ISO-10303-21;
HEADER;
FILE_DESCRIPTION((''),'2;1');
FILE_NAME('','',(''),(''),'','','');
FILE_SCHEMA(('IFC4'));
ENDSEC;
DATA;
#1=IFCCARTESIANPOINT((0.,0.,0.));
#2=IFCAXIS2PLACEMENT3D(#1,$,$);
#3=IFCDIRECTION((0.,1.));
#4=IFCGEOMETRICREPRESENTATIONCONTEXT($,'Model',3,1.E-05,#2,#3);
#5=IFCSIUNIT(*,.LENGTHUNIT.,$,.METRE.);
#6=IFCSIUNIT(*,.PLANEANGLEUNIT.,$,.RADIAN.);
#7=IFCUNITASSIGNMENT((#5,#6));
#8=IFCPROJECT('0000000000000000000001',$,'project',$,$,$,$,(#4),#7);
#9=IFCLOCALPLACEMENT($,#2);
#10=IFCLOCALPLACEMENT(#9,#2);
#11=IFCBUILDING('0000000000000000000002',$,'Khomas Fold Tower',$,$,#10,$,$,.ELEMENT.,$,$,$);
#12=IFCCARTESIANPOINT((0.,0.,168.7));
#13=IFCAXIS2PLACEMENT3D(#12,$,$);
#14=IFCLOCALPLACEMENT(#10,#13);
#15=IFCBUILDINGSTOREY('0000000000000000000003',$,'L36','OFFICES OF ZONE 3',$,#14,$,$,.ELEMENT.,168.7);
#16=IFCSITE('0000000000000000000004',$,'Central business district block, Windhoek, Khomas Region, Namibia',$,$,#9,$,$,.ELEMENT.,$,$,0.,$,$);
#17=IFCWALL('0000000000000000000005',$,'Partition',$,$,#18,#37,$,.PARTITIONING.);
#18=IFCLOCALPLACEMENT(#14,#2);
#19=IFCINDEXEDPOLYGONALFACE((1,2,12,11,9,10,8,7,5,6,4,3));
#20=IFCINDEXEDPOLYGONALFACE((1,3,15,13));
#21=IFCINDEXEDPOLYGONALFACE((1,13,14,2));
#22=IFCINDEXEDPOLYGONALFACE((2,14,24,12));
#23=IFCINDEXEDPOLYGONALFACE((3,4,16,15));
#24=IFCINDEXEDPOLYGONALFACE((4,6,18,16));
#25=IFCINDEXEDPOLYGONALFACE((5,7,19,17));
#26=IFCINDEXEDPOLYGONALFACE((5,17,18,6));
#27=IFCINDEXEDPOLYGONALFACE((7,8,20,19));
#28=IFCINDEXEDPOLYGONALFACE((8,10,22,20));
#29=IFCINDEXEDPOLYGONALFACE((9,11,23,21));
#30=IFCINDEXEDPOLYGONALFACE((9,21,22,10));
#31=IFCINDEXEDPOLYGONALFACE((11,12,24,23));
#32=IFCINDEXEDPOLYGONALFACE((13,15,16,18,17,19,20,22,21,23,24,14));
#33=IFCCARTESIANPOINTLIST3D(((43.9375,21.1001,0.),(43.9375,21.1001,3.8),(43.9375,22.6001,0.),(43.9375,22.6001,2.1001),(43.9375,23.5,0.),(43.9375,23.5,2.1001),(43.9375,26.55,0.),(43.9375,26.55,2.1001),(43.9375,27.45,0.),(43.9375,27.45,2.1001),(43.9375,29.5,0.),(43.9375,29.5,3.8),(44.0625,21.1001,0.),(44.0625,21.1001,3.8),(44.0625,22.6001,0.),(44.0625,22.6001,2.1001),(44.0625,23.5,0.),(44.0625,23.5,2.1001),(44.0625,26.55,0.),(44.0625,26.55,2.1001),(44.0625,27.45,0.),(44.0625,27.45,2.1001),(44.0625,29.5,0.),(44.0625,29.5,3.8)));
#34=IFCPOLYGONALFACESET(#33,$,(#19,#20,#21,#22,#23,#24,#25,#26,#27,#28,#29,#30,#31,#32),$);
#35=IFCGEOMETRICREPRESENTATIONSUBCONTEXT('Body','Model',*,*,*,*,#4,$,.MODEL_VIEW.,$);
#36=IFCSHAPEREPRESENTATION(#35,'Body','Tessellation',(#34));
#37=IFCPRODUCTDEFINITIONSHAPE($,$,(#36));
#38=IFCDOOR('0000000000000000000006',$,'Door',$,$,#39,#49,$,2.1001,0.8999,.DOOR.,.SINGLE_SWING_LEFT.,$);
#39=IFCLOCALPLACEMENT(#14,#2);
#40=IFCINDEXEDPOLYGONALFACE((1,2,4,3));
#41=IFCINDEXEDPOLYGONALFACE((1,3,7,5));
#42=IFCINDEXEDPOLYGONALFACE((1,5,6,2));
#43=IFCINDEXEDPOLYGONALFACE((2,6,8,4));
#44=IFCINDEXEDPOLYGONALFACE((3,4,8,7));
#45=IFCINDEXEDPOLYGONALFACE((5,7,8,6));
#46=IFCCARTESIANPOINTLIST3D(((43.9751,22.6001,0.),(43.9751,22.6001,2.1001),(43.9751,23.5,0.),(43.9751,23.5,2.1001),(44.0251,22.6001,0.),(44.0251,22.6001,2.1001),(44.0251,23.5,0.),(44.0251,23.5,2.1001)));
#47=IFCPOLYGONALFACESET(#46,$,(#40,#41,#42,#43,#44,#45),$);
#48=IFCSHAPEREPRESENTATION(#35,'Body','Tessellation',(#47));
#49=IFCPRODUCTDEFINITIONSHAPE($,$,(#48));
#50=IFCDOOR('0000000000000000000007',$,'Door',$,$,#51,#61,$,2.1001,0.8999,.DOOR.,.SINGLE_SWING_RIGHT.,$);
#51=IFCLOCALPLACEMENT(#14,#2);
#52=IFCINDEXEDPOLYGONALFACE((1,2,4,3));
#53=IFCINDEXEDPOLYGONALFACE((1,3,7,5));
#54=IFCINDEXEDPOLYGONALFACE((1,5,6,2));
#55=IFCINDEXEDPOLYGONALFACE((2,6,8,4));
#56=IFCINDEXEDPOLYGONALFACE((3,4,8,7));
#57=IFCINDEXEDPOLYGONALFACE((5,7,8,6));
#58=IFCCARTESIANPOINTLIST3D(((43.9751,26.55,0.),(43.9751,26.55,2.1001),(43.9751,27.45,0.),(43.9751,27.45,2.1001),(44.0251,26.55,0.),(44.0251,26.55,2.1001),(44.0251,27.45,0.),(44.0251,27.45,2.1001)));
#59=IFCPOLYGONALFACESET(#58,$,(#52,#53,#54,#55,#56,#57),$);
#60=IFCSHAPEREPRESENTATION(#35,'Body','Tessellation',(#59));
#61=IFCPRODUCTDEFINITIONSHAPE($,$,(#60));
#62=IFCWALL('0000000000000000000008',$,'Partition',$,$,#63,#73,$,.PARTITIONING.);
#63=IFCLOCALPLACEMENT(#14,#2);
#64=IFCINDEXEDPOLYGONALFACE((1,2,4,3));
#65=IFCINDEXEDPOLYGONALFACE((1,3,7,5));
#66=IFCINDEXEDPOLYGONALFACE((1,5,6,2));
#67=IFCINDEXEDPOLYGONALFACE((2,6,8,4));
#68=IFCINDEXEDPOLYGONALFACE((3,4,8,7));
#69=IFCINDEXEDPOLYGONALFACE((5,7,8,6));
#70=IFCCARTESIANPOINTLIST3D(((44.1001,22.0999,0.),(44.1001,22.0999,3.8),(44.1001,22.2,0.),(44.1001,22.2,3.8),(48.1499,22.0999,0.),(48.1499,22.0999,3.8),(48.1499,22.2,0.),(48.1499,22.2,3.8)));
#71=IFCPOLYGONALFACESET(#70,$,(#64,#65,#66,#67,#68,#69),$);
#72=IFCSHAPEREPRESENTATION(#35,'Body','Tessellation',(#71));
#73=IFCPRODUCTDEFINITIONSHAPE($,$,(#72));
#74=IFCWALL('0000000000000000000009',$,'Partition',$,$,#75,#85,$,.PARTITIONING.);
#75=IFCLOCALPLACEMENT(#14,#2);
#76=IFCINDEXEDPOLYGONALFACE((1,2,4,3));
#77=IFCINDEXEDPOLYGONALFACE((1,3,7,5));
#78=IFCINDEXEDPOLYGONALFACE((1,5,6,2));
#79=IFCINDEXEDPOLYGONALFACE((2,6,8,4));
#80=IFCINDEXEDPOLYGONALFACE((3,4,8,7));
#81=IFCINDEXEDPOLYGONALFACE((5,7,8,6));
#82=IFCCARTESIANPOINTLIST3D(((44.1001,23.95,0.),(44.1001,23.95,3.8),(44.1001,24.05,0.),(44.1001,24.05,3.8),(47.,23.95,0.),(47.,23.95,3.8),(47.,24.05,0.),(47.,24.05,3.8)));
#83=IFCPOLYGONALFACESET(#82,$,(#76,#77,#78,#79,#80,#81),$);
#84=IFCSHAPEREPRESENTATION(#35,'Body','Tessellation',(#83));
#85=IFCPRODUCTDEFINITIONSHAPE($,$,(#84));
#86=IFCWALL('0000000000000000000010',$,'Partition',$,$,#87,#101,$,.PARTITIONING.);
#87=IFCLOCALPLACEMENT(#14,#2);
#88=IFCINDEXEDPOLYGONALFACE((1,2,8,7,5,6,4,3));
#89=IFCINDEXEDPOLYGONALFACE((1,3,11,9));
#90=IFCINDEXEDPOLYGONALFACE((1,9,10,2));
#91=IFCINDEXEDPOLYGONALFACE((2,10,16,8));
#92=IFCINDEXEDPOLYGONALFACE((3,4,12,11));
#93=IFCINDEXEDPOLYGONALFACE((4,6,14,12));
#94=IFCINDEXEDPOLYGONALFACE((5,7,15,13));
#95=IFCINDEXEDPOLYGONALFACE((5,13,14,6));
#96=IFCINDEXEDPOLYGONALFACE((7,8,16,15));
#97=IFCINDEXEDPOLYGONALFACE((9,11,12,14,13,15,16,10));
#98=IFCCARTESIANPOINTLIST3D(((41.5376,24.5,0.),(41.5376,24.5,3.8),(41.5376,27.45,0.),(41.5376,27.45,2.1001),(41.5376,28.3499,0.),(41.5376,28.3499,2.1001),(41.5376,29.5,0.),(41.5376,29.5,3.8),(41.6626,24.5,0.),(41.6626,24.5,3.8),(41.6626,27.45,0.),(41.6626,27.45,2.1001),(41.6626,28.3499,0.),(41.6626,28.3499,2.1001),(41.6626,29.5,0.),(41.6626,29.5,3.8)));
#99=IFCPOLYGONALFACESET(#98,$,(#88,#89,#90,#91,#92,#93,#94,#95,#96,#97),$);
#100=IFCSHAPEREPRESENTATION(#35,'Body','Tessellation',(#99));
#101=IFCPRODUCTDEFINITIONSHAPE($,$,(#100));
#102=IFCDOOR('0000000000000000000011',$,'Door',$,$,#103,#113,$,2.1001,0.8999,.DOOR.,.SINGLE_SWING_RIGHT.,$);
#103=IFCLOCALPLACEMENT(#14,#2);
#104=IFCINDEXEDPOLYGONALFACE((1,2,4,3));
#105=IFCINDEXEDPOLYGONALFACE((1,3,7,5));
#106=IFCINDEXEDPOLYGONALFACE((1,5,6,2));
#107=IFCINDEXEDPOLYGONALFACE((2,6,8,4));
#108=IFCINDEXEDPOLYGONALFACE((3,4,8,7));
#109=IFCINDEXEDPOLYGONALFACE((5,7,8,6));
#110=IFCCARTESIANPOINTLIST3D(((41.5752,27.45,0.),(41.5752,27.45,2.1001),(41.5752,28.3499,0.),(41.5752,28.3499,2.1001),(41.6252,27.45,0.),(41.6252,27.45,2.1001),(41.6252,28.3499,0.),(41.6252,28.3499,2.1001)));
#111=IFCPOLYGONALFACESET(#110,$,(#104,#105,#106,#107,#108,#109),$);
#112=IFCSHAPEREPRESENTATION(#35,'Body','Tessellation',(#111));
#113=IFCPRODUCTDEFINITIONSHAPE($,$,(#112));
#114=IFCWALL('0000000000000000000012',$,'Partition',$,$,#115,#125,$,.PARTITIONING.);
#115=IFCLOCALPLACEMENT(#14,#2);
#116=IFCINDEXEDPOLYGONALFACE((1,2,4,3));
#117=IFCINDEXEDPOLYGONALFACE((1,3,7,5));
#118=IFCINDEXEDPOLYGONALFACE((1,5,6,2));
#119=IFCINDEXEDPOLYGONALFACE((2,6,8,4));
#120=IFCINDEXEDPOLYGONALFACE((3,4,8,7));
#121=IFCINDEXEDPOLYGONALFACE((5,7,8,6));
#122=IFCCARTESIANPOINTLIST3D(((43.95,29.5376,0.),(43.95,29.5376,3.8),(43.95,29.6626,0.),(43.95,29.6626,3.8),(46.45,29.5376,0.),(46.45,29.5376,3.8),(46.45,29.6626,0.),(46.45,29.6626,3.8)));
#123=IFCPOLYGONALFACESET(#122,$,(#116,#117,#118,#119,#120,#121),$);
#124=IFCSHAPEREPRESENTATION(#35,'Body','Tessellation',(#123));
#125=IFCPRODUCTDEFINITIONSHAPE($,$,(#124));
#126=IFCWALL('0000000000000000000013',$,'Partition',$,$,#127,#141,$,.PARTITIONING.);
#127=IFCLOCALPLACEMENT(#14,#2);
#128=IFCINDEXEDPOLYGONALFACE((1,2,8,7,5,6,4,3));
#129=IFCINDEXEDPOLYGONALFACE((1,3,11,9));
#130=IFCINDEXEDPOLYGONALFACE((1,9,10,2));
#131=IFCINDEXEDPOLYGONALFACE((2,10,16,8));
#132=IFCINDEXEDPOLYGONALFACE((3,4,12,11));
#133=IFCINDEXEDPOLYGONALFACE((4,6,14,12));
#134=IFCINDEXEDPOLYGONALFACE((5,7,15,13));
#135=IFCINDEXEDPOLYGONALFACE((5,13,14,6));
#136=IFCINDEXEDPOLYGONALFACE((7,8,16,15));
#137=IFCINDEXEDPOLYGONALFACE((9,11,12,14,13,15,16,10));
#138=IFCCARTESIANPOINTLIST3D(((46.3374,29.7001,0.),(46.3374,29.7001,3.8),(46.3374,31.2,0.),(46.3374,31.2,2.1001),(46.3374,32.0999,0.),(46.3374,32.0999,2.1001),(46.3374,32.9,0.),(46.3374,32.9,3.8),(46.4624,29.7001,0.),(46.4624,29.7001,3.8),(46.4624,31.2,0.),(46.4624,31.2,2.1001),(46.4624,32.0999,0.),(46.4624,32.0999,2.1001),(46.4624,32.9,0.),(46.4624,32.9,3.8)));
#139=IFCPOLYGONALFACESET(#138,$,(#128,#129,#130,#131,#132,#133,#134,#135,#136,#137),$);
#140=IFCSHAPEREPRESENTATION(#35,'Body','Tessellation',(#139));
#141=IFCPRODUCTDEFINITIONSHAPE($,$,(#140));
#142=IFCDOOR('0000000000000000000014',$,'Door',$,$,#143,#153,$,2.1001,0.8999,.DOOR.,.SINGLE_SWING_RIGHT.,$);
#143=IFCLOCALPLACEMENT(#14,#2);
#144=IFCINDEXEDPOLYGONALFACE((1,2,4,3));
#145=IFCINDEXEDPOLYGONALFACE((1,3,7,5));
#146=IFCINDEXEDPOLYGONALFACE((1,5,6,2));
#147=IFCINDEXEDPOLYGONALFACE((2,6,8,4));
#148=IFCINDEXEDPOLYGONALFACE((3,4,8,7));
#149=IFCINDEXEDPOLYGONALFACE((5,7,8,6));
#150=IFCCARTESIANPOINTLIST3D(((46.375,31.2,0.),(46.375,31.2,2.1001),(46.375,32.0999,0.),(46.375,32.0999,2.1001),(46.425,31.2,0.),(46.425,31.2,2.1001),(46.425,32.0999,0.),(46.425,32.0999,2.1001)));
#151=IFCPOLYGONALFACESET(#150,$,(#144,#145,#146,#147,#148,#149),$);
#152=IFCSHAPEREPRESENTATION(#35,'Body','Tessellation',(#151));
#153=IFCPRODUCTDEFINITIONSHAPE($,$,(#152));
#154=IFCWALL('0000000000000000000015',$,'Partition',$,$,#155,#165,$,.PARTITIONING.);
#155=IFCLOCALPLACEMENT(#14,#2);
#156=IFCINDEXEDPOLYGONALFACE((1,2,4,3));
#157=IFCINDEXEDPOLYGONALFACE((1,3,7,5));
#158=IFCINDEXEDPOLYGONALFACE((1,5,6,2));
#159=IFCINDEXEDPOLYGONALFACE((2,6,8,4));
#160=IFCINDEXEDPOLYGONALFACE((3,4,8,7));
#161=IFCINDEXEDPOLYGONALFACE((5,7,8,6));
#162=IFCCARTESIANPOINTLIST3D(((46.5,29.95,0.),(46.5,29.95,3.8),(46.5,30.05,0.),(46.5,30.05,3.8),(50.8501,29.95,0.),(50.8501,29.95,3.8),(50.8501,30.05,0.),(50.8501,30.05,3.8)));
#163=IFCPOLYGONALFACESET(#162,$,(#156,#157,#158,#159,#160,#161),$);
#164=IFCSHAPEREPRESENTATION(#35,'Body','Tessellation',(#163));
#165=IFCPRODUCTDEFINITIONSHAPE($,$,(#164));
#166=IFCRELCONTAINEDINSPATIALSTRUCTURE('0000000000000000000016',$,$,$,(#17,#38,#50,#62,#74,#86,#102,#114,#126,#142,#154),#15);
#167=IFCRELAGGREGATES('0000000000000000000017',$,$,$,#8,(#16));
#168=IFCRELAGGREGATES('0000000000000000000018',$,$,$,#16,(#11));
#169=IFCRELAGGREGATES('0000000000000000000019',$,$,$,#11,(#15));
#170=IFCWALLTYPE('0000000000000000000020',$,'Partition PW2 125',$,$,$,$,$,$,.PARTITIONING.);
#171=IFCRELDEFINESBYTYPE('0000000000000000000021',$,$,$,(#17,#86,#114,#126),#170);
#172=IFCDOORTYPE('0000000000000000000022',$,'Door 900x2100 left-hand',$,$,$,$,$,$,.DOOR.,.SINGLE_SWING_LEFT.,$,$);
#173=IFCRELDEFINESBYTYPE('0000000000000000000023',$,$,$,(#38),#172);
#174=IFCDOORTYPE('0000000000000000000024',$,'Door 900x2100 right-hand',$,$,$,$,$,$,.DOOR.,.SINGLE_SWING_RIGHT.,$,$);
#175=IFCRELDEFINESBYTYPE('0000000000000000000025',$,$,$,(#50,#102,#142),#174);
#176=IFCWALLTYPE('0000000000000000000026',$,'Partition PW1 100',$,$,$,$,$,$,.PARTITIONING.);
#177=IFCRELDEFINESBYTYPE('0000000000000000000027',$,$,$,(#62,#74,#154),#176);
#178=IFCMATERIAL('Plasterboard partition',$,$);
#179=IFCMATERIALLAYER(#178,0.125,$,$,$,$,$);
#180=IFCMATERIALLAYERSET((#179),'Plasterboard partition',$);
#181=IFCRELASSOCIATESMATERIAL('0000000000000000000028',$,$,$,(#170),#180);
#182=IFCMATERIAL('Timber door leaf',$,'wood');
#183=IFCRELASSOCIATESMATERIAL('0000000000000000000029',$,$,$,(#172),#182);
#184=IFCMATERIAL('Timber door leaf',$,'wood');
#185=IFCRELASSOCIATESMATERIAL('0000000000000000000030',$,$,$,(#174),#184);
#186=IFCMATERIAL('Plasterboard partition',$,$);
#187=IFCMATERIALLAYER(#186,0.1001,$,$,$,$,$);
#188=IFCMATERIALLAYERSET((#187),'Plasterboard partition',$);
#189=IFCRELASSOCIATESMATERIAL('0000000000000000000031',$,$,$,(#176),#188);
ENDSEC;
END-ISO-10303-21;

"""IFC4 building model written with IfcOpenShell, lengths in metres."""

from ifc_helpers import new_model, si_unit, direction, frame, frame_2d, origin, place, context, subcontext, project, spatial, rectangle, extrude, source, transform, mapped, material, layer, layer_set, type_object, element, fill, save


model = new_model("IFC4")

# Units and contexts
model_context = context("Model", 3, precision=1e-05, world=origin(), true_north=direction((0.0, 1.0)))
body_context = subcontext(model_context, "Body", "Model", "MODEL_VIEW")
ifc_project = project(units=[si_unit("LENGTHUNIT", "METRE"), si_unit("PLANEANGLEUNIT", "RADIAN")], contexts=[model_context])

# Site, building, storey
site_placement = place(None, origin())
site = spatial("IfcSite", under=ifc_project, at=site_placement, Name="Central business district block, Windhoek, Khomas Region, Namibia", CompositionType="ELEMENT", RefElevation=0.0)
building_placement = place(site_placement, origin())
building = spatial("IfcBuilding", under=site, at=building_placement, Name="Khomas Fold Tower", CompositionType="ELEMENT")
storey_placement = place(building_placement, frame((0.0, 0.0, 168.7)))
storey = spatial("IfcBuildingStorey", under=building, at=storey_placement, Name="L36", Description="OFFICES OF ZONE 3", CompositionType="ELEMENT", Elevation=168.7)

# Wall, openings, doors
ifc_material_1 = material(Name="Plasterboard partition")
ifc_layer_1 = layer(ifc_material_1, 0.125)
ifc_layer_set_1 = layer_set([ifc_layer_1], Name="Plasterboard partition")
wall_type_1 = type_object("IfcWallType", Name="Partition PW2 125", PredefinedType="PARTITIONING", material=ifc_layer_set_1)
shared_shape_1 = source(origin(), body_context, "Body", "SweptSolid", [
    extrude(rectangle(XDim=8.3999, YDim=0.125, at=frame_2d((4.2, 0.0))), origin(), (0.0, 0.0, 1.0), 3.8),
])
wall_1_placement = place(storey_placement, frame((44.0, 21.1001, 0.0), z_axis=(0.0, 0.0, 1.0), x_axis=(0.0, 1.0, 0.0)))
wall_1 = element("IfcWall", 1, at=wall_1_placement, inside=storey, type_object=wall_type_1, Name="Partition", PredefinedType="PARTITIONING", context=body_context, shape_type="MappedRepresentation", body=[
    mapped(shared_shape_1, transform((0.0, 0.0, 0.0))),
])
shared_shape_2 = source(origin(), body_context, "Body", "SweptSolid", [
    extrude(rectangle(XDim=0.8999, YDim=2.1001, at=frame_2d((0.45, 1.05))), frame((0.0, 0.0725, 0.0), z_axis=(0.0, -1.0, 0.0), x_axis=(1.0, 0.0, 0.0)), (0.0, 0.0, 1.0), 0.145),
])
opening_1_placement = place(wall_1_placement, frame((1.5, 0.0, 0.0)))
opening_1 = element("IfcOpeningElement", 2, at=opening_1_placement, cuts=wall_1, PredefinedType="OPENING", context=body_context, shape_type="MappedRepresentation", body=[
    mapped(shared_shape_2, transform((0.0, 0.0, 0.0))),
])
opening_2_placement = place(wall_1_placement, frame((5.45, 0.0, 0.0)))
opening_2 = element("IfcOpeningElement", 3, at=opening_2_placement, cuts=wall_1, PredefinedType="OPENING", context=body_context, shape_type="MappedRepresentation", body=[
    mapped(shared_shape_2, transform((0.0, 0.0, 0.0))),
])
ifc_material_2 = material(Name="Timber door leaf", Category="wood")
door_type_1 = type_object("IfcDoorType", Name="Door 900x2100 left-hand", OperationType="SINGLE_SWING_LEFT", PredefinedType="DOOR", material=ifc_material_2)
shared_shape_3 = source(origin(), body_context, "Body", "SweptSolid", [
    extrude(rectangle(XDim=0.8999, YDim=2.1001, at=frame_2d((0.45, 1.05))), frame((0.0, 0.0249, 0.0), z_axis=(0.0, -1.0, 0.0), x_axis=(1.0, 0.0, 0.0)), (0.0, 0.0, 1.0), 0.05),
])
door_1_placement = place(opening_1_placement, origin())
door_1 = element("IfcDoor", 4, at=door_1_placement, inside=storey, type_object=door_type_1, Name="Door", OperationType="SINGLE_SWING_LEFT", OverallHeight=2.1001, OverallWidth=0.8999, PredefinedType="DOOR", context=body_context, shape_type="MappedRepresentation", body=[
    mapped(shared_shape_3, transform((0.0, 0.0, 0.0))),
])
fill(opening_1, door_1)
ifc_material_3 = material(Name="Timber door leaf", Category="wood")
door_type_2 = type_object("IfcDoorType", Name="Door 900x2100 right-hand", OperationType="SINGLE_SWING_RIGHT", PredefinedType="DOOR", material=ifc_material_3)
door_2_placement = place(opening_2_placement, origin())
door_2 = element("IfcDoor", 5, at=door_2_placement, inside=storey, type_object=door_type_2, Name="Door", OperationType="SINGLE_SWING_RIGHT", OverallHeight=2.1001, OverallWidth=0.8999, PredefinedType="DOOR", context=body_context, shape_type="MappedRepresentation", body=[
    mapped(shared_shape_3, transform((0.0, 0.0, 0.0))),
])
fill(opening_2, door_2)

# Walls
ifc_material_4 = material(Name="Plasterboard partition")
ifc_layer_2 = layer(ifc_material_4, 0.1001)
ifc_layer_set_2 = layer_set([ifc_layer_2], Name="Plasterboard partition")
wall_type_2 = type_object("IfcWallType", Name="Partition PW1 100", PredefinedType="PARTITIONING", material=ifc_layer_set_2)
shared_shape_4 = source(origin(), body_context, "Body", "SweptSolid", [
    extrude(rectangle(XDim=4.0498, YDim=0.1001, at=frame_2d((2.0249, 0.0))), origin(), (0.0, 0.0, 1.0), 3.8),
])
wall_2_placement = place(storey_placement, frame((44.1001, 22.1499, 0.0), z_axis=(0.0, 0.0, 1.0), x_axis=(1.0, 0.0, 0.0)))
element("IfcWall", 6, at=wall_2_placement, inside=storey, type_object=wall_type_2, Name="Partition", PredefinedType="PARTITIONING", context=body_context, shape_type="MappedRepresentation", body=[
    mapped(shared_shape_4, transform((0.0, 0.0, 0.0))),
])
shared_shape_5 = source(origin(), body_context, "Body", "SweptSolid", [
    extrude(rectangle(XDim=2.8999, YDim=0.1001, at=frame_2d((1.45, 0.0))), origin(), (0.0, 0.0, 1.0), 3.8),
])
wall_3_placement = place(storey_placement, frame((44.1001, 24.0, 0.0), z_axis=(0.0, 0.0, 1.0), x_axis=(1.0, 0.0, 0.0)))
element("IfcWall", 7, at=wall_3_placement, inside=storey, type_object=wall_type_2, Name="Partition", PredefinedType="PARTITIONING", context=body_context, shape_type="MappedRepresentation", body=[
    mapped(shared_shape_5, transform((0.0, 0.0, 0.0))),
])

# Wall, opening, door
shared_shape_6 = source(origin(), body_context, "Body", "SweptSolid", [
    extrude(rectangle(XDim=5.0, YDim=0.125, at=frame_2d((2.5, 0.0))), origin(), (0.0, 0.0, 1.0), 3.8),
])
wall_4_placement = place(storey_placement, frame((41.6001, 24.5, 0.0), z_axis=(0.0, 0.0, 1.0), x_axis=(0.0, 1.0, 0.0)))
wall_4 = element("IfcWall", 8, at=wall_4_placement, inside=storey, type_object=wall_type_1, Name="Partition", PredefinedType="PARTITIONING", context=body_context, shape_type="MappedRepresentation", body=[
    mapped(shared_shape_6, transform((0.0, 0.0, 0.0))),
])
opening_3_placement = place(wall_4_placement, frame((2.95, 0.0, 0.0)))
opening_3 = element("IfcOpeningElement", 9, at=opening_3_placement, cuts=wall_4, PredefinedType="OPENING", context=body_context, shape_type="MappedRepresentation", body=[
    mapped(shared_shape_2, transform((0.0, 0.0, 0.0))),
])
door_3_placement = place(opening_3_placement, origin())
door_3 = element("IfcDoor", 10, at=door_3_placement, inside=storey, type_object=door_type_2, Name="Door", OperationType="SINGLE_SWING_RIGHT", OverallHeight=2.1001, OverallWidth=0.8999, PredefinedType="DOOR", context=body_context, shape_type="MappedRepresentation", body=[
    mapped(shared_shape_3, transform((0.0, 0.0, 0.0))),
])
fill(opening_3, door_3)

# Wall
shared_shape_7 = source(origin(), body_context, "Body", "SweptSolid", [
    extrude(rectangle(XDim=2.5, YDim=0.125, at=frame_2d((1.25, 0.0))), origin(), (0.0, 0.0, 1.0), 3.8),
])
wall_5_placement = place(storey_placement, frame((43.95, 29.6001, 0.0), z_axis=(0.0, 0.0, 1.0), x_axis=(1.0, 0.0, 0.0)))
element("IfcWall", 11, at=wall_5_placement, inside=storey, type_object=wall_type_1, Name="Partition", PredefinedType="PARTITIONING", context=body_context, shape_type="MappedRepresentation", body=[
    mapped(shared_shape_7, transform((0.0, 0.0, 0.0))),
])

# Wall, opening, door
shared_shape_8 = source(origin(), body_context, "Body", "SweptSolid", [
    extrude(rectangle(XDim=3.2, YDim=0.125, at=frame_2d((1.6001, 0.0))), origin(), (0.0, 0.0, 1.0), 3.8),
])
wall_6_placement = place(storey_placement, frame((46.3999, 29.7, 0.0), z_axis=(0.0, 0.0, 1.0), x_axis=(0.0, 1.0, 0.0)))
wall_6 = element("IfcWall", 12, at=wall_6_placement, inside=storey, type_object=wall_type_1, Name="Partition", PredefinedType="PARTITIONING", context=body_context, shape_type="MappedRepresentation", body=[
    mapped(shared_shape_8, transform((0.0, 0.0, 0.0))),
])
opening_4_placement = place(wall_6_placement, frame((1.5, 0.0, 0.0)))
opening_4 = element("IfcOpeningElement", 13, at=opening_4_placement, cuts=wall_6, PredefinedType="OPENING", context=body_context, shape_type="MappedRepresentation", body=[
    mapped(shared_shape_2, transform((0.0, 0.0, 0.0))),
])
door_4_placement = place(opening_4_placement, origin())
door_4 = element("IfcDoor", 14, at=door_4_placement, inside=storey, type_object=door_type_2, Name="Door", OperationType="SINGLE_SWING_RIGHT", OverallHeight=2.1001, OverallWidth=0.8999, PredefinedType="DOOR", context=body_context, shape_type="MappedRepresentation", body=[
    mapped(shared_shape_3, transform((0.0, 0.0, 0.0))),
])
fill(opening_4, door_4)

# Wall
shared_shape_9 = source(origin(), body_context, "Body", "SweptSolid", [
    extrude(rectangle(XDim=4.3501, YDim=0.1001, at=frame_2d((2.175, 0.0))), origin(), (0.0, 0.0, 1.0), 3.8),
])
wall_7_placement = place(storey_placement, frame((46.5, 30.0, 0.0), z_axis=(0.0, 0.0, 1.0), x_axis=(1.0, 0.0, 0.0)))
element("IfcWall", 15, at=wall_7_placement, inside=storey, type_object=wall_type_2, Name="Partition", PredefinedType="PARTITIONING", context=body_context, shape_type="MappedRepresentation", body=[
    mapped(shared_shape_9, transform((0.0, 0.0, 0.0))),
])

save(model, "model.ifc")
